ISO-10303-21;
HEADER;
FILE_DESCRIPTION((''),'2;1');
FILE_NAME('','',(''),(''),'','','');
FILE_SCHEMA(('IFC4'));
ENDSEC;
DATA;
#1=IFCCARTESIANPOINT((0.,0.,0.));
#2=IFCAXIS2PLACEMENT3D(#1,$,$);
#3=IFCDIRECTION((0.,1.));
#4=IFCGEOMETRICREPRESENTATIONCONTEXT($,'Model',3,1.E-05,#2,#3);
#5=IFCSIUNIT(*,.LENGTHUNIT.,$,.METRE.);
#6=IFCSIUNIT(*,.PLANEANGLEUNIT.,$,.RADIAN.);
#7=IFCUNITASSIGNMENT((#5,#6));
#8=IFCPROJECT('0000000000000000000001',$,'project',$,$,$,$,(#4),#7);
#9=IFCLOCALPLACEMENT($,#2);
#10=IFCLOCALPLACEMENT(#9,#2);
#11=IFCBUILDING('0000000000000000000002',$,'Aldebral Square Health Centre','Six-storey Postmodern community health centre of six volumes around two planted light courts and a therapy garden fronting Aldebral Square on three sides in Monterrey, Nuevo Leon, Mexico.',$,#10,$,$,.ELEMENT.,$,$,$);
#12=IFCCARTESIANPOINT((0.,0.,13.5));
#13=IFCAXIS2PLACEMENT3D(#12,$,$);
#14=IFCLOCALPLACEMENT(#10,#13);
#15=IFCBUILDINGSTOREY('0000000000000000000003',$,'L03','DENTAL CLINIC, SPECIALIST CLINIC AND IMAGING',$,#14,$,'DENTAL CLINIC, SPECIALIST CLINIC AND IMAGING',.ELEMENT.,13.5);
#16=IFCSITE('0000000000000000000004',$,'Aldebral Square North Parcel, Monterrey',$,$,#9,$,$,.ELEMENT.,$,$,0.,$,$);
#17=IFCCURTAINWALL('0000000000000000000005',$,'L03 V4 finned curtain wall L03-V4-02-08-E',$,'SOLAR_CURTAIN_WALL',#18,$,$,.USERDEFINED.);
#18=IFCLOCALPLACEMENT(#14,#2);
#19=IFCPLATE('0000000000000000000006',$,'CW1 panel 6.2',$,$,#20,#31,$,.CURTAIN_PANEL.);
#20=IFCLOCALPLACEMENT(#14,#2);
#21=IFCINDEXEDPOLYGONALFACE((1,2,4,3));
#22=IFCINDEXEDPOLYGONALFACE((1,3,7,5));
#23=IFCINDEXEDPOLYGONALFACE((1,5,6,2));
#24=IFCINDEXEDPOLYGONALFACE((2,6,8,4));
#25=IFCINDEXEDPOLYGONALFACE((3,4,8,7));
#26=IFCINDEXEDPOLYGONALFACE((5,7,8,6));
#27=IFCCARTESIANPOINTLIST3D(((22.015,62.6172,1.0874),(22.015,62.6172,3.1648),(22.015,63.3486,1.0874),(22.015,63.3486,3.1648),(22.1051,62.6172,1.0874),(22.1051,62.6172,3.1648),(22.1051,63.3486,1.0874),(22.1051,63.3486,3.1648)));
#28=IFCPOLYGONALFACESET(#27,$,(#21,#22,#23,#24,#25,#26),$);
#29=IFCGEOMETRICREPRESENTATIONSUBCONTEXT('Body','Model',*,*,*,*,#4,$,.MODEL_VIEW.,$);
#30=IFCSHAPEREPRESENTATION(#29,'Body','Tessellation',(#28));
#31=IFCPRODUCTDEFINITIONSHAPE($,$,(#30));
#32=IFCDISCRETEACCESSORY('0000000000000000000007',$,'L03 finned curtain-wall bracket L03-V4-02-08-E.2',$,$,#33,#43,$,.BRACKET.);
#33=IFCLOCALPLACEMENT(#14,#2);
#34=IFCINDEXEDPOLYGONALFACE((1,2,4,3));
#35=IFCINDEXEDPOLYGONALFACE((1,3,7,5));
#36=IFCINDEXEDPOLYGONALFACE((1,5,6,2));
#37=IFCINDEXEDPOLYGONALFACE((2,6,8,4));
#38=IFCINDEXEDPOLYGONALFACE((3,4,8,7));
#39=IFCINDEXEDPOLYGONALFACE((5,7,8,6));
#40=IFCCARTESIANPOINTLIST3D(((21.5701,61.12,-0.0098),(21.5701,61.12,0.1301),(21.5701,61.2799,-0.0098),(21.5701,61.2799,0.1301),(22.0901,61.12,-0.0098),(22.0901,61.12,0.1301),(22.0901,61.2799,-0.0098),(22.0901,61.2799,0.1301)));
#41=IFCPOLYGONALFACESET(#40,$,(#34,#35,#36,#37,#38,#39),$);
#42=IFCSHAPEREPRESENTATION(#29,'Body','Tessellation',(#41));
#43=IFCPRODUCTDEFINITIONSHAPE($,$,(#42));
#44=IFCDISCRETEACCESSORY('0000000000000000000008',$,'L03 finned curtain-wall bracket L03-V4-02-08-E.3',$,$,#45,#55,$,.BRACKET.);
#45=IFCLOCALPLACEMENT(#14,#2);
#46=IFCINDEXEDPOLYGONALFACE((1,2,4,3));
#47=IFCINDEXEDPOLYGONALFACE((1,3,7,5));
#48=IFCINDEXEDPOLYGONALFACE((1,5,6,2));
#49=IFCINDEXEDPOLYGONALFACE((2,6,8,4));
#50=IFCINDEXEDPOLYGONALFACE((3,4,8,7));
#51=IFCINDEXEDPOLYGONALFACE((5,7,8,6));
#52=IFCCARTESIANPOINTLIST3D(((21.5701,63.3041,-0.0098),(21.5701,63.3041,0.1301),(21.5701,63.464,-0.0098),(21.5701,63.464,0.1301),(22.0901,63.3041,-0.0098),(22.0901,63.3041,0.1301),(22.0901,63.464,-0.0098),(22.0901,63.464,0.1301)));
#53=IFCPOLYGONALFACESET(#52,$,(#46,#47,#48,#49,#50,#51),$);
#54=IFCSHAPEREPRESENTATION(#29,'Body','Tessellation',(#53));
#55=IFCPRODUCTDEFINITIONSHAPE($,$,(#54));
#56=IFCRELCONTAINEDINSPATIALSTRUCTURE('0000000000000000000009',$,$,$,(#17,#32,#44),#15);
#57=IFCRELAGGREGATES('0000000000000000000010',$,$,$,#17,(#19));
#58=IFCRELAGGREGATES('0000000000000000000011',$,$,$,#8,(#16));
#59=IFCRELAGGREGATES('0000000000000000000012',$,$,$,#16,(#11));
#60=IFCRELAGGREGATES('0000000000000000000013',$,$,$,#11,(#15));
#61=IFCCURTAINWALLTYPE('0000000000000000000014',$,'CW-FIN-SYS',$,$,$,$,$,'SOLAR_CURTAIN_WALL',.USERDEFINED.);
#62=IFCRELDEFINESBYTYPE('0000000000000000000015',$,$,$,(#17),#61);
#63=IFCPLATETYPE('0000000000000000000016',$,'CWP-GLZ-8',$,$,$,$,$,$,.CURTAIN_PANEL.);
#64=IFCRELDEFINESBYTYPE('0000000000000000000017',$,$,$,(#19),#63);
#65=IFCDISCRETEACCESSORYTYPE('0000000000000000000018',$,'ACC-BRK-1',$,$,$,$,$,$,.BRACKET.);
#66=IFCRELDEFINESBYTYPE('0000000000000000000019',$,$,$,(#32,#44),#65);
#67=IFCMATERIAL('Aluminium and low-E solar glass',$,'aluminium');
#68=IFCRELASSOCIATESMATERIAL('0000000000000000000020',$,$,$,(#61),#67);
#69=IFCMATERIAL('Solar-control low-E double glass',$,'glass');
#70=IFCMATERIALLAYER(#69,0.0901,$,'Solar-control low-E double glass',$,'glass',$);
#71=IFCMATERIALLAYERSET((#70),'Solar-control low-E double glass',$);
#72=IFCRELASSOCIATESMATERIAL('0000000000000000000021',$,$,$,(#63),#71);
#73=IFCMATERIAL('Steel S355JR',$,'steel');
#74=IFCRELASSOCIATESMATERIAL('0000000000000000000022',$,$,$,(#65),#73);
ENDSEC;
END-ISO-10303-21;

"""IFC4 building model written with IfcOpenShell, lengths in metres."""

from ifc_helpers import new_model, si_unit, direction, frame, origin, origin_2d, place, context, subcontext, project, spatial, rectangle, extrude, material, layer, layer_set, type_object, element, aggregate, save


model = new_model("IFC4")

# Units and contexts
model_context = context("Model", 3, precision=1e-05, world=origin(), true_north=direction((0.0, 1.0)))
body_context = subcontext(model_context, "Body", "Model", "MODEL_VIEW")
ifc_project = project(units=[si_unit("LENGTHUNIT", "METRE"), si_unit("PLANEANGLEUNIT", "RADIAN")], contexts=[model_context])

# Site, building, storey
site_placement = place(None, origin())
site = spatial("IfcSite", under=ifc_project, at=site_placement, Name="Aldebral Square North Parcel, Monterrey", CompositionType="ELEMENT", RefElevation=0.0)
building_placement = place(site_placement, origin())
building = spatial("IfcBuilding", under=site, at=building_placement, Name="Aldebral Square Health Centre", Description="Six-storey Postmodern community health centre of six volumes around two planted light courts and a therapy garden fronting Aldebral Square on three sides in Monterrey, Nuevo Leon, Mexico.", CompositionType="ELEMENT")
storey_placement = place(building_placement, frame((0.0, 0.0, 13.5)))
storey = spatial("IfcBuildingStorey", under=building, at=storey_placement, Name="L03", Description="DENTAL CLINIC, SPECIALIST CLINIC AND IMAGING", LongName="DENTAL CLINIC, SPECIALIST CLINIC AND IMAGING", CompositionType="ELEMENT", Elevation=13.5)

# Curtain wall, plate
ifc_material_1 = material(Name="Aluminium and low-E solar glass", Category="aluminium")
curtain_wall_type = type_object("IfcCurtainWallType", Name="CW-FIN-SYS", ElementType="SOLAR_CURTAIN_WALL", PredefinedType="USERDEFINED", material=ifc_material_1)
curtain_wall_placement = place(storey_placement, origin())
curtain_wall = element("IfcCurtainWall", 1, at=curtain_wall_placement, inside=storey, type_object=curtain_wall_type, Name="L03 V4 finned curtain wall L03-V4-02-08-E", ObjectType="SOLAR_CURTAIN_WALL", PredefinedType="USERDEFINED")
ifc_material_2 = material(Name="Solar-control low-E double glass", Category="glass")
ifc_layer = layer(ifc_material_2, 0.0901, Name="Solar-control low-E double glass", Category="glass")
ifc_layer_set = layer_set([ifc_layer], Name="Solar-control low-E double glass")
plate_type = type_object("IfcPlateType", Name="CWP-GLZ-8", PredefinedType="CURTAIN_PANEL", material=ifc_layer_set)
plate_1_placement = place(storey_placement, frame((22.0601, 62.9829, 1.0874), z_axis=(0.0, 0.0, 1.0), x_axis=(0.0, 1.0, 0.0)))
plate_1 = element("IfcPlate", 2, at=plate_1_placement, type_object=plate_type, Name="CW1 panel 6.2", PredefinedType="CURTAIN_PANEL", context=body_context, shape_type="SweptSolid", body=[
    extrude(rectangle(XDim=0.7314, YDim=0.0901, at=origin_2d()), origin(), (0.0, 0.0, 1.0), 2.0774),
])
aggregate(curtain_wall, [plate_1])

# Discrete accessories
ifc_material_3 = material(Name="Steel S355JR", Category="steel")
discrete_accessory_type = type_object("IfcDiscreteAccessoryType", Name="ACC-BRK-1", PredefinedType="BRACKET", material=ifc_material_3)
for number, where, z_axis, x_axis, name in (
    (3, (21.8301, 61.2, -0.0098), (0.0, 0.0, 1.0), (0.0, 1.0, 0.0), "L03 finned curtain-wall bracket L03-V4-02-08-E.2"),
    (4, (21.8301, 63.384, -0.0098), (0.0, 0.0, 1.0), (0.0, 1.0, 0.0), "L03 finned curtain-wall bracket L03-V4-02-08-E.3"),
):
    element("IfcDiscreteAccessory", number, at=place(storey_placement, frame(where, z_axis=z_axis, x_axis=x_axis)), inside=storey, type_object=discrete_accessory_type, Name=name, PredefinedType="BRACKET", context=body_context, shape_type="SweptSolid", body=[
        extrude(rectangle(XDim=0.1599, YDim=0.52, at=origin_2d()), origin(), (0.0, 0.0, 1.0), 0.1399),
    ])

save(model, "model.ifc")
